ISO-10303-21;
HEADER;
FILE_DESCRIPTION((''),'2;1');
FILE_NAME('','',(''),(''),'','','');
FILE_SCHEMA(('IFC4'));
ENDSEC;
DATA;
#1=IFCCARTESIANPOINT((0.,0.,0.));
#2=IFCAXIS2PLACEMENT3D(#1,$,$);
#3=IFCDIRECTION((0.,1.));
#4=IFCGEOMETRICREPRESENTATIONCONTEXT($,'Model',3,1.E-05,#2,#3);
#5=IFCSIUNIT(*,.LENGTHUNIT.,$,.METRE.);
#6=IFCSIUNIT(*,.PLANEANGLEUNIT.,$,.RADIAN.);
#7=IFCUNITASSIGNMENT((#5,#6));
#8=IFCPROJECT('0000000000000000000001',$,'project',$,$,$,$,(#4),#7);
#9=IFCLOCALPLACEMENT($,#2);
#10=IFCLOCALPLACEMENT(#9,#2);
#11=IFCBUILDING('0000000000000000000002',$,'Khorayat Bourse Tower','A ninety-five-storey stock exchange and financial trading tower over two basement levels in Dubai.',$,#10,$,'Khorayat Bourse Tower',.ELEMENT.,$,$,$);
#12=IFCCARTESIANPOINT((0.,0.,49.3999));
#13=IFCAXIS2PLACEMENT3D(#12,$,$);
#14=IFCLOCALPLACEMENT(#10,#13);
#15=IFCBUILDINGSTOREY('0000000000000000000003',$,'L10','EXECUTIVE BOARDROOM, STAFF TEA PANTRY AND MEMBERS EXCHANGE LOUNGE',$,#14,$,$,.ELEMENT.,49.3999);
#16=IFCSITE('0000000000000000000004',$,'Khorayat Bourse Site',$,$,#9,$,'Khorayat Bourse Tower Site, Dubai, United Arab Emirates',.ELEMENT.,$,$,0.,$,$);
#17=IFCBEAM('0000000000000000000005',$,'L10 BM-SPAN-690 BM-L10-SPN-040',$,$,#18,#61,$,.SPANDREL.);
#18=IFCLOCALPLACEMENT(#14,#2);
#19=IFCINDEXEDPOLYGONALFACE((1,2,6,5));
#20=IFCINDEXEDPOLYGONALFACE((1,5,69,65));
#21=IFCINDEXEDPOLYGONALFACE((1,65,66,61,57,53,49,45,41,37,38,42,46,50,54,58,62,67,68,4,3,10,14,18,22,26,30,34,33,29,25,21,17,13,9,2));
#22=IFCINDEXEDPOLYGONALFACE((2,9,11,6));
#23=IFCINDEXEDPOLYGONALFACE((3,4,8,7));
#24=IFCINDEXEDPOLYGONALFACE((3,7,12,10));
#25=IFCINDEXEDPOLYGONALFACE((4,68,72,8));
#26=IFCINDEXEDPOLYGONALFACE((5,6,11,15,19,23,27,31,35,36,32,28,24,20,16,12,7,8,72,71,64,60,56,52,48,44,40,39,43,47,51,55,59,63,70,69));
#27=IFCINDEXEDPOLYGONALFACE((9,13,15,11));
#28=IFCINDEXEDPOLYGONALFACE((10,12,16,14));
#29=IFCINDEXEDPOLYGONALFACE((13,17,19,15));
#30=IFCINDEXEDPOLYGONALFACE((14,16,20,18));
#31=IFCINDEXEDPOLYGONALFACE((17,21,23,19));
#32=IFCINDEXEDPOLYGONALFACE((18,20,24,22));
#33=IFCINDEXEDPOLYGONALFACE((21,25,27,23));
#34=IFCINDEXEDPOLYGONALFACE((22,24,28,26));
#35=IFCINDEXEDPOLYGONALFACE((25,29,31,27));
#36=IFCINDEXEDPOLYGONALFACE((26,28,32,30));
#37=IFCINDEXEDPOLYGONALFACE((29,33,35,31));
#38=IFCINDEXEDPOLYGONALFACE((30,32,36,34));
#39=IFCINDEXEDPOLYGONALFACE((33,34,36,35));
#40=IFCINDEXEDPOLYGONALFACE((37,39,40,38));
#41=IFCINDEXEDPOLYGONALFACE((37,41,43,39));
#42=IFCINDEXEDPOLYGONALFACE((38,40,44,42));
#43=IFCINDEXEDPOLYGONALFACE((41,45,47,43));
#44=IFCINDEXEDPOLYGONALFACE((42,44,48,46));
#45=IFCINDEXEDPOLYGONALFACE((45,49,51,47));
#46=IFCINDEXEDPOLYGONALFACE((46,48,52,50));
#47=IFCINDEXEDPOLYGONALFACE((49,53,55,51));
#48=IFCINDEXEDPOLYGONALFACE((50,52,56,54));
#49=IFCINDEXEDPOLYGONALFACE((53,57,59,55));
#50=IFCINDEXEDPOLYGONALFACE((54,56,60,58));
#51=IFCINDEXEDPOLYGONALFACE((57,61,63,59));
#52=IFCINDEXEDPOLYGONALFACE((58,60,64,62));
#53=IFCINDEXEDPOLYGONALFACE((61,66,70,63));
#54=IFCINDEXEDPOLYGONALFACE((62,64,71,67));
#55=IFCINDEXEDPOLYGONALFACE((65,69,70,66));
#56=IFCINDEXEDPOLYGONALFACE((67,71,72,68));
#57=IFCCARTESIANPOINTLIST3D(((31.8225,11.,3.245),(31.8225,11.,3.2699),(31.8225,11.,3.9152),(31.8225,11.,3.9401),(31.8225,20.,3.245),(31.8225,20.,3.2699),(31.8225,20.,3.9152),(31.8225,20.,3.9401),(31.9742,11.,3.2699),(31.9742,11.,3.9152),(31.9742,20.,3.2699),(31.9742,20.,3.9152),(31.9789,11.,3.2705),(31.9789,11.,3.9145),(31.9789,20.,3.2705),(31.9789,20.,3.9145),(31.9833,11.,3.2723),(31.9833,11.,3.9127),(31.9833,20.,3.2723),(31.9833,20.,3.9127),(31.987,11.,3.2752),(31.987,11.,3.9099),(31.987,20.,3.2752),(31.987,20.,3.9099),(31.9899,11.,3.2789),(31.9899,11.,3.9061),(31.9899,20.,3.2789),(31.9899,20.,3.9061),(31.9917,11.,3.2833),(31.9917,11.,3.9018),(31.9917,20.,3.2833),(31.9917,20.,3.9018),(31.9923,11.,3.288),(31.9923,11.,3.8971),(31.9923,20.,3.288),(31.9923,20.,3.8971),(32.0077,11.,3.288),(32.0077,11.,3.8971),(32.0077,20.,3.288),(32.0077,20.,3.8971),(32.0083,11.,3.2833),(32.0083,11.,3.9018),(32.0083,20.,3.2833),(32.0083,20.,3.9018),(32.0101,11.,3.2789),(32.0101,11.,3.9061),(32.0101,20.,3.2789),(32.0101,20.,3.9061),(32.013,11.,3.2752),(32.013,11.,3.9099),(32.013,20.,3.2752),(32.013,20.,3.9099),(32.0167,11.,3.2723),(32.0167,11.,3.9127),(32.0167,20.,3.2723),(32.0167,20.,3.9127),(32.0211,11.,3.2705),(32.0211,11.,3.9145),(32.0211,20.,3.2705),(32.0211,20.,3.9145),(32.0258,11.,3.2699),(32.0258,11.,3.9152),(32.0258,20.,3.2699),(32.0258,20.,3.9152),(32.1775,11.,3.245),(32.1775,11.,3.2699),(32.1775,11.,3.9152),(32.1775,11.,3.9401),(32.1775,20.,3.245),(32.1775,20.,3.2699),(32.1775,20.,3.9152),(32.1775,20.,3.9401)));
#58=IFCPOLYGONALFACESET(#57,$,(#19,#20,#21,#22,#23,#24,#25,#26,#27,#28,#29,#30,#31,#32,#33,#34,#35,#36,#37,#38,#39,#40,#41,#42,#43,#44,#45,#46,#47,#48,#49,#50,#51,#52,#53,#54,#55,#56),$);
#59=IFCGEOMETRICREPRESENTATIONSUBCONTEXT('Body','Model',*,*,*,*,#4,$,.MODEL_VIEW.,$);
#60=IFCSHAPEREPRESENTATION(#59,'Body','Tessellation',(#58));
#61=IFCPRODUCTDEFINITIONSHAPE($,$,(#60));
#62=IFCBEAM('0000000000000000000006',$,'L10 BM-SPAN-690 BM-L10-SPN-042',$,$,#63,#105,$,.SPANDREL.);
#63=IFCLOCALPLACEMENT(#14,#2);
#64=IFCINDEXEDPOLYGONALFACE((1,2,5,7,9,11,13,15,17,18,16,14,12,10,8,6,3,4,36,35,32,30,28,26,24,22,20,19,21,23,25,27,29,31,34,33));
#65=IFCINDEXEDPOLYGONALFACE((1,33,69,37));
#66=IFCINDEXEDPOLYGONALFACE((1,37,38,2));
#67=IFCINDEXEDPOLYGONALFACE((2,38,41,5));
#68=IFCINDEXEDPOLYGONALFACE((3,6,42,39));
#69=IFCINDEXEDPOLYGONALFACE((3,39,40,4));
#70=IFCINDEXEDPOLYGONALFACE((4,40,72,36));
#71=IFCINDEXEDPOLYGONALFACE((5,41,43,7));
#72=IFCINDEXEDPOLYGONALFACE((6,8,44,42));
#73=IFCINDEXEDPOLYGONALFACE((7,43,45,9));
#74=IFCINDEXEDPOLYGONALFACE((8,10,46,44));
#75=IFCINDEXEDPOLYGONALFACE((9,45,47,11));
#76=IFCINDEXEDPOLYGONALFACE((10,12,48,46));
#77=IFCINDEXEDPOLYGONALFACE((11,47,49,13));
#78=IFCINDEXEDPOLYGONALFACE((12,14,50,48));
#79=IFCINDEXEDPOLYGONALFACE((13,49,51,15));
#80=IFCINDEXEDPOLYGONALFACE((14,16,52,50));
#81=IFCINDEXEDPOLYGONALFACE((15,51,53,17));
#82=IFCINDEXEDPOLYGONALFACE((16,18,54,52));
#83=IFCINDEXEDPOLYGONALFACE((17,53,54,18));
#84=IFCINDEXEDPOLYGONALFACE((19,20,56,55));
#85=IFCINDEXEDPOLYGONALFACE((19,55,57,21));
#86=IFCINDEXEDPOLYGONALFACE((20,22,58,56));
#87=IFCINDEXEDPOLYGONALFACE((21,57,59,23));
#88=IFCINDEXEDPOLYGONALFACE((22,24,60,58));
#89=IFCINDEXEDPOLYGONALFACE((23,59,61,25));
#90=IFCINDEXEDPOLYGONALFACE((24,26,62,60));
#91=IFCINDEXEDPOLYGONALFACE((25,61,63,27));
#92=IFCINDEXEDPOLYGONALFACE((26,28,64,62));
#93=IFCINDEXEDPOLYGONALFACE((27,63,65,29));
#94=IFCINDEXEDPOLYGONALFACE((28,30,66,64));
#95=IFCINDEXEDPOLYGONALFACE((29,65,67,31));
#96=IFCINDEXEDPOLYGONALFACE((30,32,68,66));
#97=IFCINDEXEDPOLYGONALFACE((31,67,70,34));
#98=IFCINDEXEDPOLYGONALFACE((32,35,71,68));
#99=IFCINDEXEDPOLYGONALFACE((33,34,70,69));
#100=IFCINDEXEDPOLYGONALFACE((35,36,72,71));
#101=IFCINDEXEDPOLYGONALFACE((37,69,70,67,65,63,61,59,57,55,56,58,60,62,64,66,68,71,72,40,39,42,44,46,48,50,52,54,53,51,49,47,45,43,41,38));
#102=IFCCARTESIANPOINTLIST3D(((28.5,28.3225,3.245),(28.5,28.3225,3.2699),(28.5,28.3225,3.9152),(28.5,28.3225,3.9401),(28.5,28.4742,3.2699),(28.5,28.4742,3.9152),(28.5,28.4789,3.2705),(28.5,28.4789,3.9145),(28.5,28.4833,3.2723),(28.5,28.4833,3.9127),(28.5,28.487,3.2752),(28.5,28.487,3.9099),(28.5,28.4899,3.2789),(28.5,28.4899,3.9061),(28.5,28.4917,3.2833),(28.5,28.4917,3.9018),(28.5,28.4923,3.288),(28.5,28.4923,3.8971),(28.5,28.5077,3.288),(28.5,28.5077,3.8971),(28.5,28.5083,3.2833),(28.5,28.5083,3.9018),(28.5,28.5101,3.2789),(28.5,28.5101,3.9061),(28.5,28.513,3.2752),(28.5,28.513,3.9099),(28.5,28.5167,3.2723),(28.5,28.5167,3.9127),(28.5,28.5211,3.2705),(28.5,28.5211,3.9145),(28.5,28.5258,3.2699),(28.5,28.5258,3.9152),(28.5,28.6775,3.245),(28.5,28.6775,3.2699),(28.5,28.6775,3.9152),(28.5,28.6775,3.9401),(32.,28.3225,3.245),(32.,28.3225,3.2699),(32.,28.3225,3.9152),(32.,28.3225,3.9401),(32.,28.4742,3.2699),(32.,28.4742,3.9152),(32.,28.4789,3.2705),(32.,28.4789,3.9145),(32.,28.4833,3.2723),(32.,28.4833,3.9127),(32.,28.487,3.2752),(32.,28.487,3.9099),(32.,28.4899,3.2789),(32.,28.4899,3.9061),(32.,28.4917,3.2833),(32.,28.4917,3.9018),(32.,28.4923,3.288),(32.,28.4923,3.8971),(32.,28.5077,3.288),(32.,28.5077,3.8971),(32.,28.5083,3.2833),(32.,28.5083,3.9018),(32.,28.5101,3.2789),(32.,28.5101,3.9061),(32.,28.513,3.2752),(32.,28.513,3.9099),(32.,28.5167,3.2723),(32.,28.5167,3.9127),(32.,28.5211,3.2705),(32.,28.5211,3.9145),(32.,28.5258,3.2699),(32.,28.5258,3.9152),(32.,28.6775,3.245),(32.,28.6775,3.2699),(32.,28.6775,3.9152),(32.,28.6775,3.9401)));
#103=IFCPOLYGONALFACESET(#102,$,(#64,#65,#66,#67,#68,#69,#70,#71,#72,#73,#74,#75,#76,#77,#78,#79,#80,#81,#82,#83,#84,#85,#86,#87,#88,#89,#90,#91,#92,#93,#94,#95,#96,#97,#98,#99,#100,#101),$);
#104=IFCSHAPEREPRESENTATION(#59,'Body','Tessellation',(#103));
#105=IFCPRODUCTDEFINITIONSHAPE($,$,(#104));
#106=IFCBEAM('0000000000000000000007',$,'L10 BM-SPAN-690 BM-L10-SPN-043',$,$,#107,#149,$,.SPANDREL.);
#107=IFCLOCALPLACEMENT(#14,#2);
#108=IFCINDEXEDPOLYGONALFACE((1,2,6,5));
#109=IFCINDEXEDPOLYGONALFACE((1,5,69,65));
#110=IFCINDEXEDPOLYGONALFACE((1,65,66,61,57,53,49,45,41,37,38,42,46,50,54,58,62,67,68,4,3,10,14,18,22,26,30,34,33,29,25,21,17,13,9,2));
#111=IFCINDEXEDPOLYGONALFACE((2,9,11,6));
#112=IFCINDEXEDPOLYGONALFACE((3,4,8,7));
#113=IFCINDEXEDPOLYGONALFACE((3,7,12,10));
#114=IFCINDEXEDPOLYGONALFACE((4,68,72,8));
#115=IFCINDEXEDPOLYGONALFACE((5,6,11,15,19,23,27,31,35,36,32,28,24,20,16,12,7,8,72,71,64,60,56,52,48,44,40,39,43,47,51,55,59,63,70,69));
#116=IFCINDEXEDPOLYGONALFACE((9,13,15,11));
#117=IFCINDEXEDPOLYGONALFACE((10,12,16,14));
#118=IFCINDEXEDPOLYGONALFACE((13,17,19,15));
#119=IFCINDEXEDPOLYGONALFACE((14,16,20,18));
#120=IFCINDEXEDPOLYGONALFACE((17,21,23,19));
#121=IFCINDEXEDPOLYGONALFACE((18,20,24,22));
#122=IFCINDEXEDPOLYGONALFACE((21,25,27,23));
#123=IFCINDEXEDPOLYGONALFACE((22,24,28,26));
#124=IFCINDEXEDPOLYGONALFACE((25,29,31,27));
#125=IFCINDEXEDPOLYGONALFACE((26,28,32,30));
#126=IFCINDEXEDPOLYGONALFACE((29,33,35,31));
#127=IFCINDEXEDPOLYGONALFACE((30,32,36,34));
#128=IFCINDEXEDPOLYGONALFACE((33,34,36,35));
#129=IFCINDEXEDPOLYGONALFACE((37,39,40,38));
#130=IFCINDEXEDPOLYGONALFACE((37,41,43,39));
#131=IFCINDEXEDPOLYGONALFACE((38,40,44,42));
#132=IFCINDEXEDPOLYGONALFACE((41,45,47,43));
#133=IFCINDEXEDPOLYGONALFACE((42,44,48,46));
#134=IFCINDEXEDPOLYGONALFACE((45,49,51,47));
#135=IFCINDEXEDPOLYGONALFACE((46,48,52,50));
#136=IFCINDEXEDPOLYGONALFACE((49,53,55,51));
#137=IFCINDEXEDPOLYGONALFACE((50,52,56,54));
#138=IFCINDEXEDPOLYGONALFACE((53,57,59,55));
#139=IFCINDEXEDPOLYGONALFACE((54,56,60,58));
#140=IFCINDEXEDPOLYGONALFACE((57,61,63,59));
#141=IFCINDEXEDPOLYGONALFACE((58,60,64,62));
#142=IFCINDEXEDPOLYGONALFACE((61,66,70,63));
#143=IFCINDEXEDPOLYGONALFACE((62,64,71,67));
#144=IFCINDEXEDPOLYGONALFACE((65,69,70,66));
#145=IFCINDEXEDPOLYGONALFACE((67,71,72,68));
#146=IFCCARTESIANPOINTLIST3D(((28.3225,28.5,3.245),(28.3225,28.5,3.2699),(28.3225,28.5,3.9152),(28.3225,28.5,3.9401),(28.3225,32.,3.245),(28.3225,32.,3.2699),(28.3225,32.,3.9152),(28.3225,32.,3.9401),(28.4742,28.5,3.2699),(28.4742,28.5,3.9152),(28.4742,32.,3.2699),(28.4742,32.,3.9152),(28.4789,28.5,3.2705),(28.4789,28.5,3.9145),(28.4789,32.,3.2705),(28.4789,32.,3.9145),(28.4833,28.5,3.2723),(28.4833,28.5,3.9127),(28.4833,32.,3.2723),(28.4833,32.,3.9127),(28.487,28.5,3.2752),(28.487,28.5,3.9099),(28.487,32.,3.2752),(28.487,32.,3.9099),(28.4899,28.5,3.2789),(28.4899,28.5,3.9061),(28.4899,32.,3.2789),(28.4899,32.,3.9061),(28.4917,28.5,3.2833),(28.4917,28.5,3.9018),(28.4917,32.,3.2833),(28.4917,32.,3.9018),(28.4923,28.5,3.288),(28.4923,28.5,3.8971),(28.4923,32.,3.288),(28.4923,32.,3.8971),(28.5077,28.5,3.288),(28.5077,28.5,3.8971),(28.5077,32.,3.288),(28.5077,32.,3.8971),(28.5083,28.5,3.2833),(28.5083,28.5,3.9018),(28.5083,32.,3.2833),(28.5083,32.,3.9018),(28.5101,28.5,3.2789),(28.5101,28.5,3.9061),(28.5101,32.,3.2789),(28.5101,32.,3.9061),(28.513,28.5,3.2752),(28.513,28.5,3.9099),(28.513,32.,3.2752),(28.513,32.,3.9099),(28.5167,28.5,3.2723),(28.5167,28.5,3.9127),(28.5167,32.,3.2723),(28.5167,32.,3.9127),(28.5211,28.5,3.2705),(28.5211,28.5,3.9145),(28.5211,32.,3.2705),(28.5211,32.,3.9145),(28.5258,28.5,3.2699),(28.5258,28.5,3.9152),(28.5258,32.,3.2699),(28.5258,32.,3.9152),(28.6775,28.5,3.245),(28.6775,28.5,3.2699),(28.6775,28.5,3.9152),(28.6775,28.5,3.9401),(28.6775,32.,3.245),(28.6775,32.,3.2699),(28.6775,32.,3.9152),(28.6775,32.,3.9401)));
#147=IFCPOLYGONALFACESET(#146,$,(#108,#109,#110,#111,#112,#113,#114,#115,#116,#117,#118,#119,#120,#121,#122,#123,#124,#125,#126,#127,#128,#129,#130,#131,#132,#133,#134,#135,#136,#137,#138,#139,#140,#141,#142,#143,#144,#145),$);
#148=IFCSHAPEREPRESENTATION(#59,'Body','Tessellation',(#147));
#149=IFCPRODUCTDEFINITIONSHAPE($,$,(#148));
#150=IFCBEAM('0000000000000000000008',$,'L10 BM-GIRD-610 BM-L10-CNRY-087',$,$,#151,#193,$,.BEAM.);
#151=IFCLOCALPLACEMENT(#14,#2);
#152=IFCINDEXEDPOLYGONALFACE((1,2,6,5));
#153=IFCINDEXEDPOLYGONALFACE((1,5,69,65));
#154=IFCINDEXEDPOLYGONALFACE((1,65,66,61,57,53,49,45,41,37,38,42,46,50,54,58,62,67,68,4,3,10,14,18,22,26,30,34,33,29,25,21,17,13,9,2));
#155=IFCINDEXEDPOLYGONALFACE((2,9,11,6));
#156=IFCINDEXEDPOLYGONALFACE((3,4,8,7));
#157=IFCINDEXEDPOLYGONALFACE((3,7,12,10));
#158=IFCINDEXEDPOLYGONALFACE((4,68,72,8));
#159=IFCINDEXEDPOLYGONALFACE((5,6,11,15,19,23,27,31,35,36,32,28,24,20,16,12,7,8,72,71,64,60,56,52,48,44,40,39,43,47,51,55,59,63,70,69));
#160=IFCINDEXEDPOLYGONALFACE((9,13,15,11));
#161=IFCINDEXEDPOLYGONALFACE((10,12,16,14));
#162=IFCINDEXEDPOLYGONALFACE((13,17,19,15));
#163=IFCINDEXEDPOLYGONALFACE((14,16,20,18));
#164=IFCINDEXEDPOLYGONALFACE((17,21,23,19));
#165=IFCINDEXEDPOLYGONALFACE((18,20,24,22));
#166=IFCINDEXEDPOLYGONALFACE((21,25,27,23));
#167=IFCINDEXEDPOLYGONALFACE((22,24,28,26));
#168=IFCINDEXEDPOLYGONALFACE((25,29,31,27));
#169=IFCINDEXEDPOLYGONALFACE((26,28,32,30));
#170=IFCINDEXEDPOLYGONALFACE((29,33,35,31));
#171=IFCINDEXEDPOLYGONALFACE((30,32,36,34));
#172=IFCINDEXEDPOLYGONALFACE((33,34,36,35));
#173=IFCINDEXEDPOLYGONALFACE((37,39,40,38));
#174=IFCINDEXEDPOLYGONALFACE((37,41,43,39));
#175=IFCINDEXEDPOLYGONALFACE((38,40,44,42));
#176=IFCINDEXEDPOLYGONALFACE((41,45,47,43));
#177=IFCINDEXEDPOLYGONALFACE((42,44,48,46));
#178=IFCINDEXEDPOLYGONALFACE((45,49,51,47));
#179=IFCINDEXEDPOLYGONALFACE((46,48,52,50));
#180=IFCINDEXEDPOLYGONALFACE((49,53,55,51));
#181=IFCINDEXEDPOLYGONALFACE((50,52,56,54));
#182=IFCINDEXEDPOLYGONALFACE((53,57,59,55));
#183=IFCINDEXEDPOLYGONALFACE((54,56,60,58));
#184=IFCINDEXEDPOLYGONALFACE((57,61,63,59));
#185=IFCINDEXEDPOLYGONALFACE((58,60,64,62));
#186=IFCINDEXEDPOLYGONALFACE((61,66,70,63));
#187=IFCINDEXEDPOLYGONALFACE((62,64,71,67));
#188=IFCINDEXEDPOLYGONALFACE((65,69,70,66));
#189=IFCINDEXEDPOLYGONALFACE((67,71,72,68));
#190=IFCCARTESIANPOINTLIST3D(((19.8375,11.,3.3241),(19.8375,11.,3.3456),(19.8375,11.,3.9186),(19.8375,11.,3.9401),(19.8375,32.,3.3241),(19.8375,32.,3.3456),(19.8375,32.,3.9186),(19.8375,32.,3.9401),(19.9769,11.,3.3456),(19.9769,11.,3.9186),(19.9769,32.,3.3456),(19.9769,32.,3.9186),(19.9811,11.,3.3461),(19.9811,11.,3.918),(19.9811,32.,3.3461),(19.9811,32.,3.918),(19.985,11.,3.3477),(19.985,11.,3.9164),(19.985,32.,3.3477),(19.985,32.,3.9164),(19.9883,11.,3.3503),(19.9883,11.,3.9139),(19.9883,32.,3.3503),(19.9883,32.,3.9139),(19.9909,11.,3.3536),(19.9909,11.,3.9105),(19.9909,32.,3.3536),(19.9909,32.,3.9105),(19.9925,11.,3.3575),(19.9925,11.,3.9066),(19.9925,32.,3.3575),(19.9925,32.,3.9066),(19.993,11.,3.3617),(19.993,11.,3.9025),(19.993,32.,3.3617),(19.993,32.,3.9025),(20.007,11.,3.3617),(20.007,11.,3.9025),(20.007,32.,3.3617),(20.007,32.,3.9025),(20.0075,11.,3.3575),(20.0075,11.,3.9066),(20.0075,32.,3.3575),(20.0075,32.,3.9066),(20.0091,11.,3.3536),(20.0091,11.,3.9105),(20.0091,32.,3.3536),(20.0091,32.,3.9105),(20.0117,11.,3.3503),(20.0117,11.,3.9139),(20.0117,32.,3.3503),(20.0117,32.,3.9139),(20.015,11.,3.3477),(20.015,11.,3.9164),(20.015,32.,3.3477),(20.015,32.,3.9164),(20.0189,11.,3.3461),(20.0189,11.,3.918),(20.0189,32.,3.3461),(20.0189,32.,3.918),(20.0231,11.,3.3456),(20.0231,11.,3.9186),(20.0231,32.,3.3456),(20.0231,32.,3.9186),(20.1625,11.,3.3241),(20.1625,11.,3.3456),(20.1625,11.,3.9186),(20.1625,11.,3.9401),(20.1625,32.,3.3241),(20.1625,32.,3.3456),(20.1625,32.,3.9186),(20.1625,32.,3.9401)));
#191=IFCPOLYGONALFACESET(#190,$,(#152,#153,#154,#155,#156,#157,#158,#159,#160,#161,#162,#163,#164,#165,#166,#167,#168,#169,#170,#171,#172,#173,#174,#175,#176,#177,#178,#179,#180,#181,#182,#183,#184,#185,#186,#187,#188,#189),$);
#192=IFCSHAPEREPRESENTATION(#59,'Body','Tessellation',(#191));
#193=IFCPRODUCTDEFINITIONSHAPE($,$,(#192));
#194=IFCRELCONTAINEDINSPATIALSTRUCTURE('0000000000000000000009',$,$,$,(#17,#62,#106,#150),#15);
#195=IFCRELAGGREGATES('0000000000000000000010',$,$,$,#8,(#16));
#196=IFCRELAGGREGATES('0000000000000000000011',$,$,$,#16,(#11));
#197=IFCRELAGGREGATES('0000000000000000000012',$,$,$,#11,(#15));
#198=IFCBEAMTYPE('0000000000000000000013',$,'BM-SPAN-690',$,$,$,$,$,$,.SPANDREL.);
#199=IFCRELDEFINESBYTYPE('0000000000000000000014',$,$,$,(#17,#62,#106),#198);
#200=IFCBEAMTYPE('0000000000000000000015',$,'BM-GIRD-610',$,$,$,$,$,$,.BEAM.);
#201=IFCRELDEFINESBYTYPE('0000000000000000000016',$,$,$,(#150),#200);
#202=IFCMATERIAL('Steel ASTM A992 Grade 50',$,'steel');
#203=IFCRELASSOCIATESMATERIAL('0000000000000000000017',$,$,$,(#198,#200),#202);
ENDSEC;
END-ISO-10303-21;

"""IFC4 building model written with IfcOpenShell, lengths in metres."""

from ifc_helpers import new_model, si_unit, direction, frame, origin, origin_2d, place, context, subcontext, project, spatial, i_section, extrude, source, transform, mapped, material, material_profile, profile_set, type_object, element, save


model = new_model("IFC4")

# Units and contexts
model_context = context("Model", 3, precision=1e-05, world=origin(), true_north=direction((0.0, 1.0)))
body_context = subcontext(model_context, "Body", "Model", "MODEL_VIEW")
ifc_project = project(units=[si_unit("LENGTHUNIT", "METRE"), si_unit("PLANEANGLEUNIT", "RADIAN")], contexts=[model_context])

# Site, building, storey
site_placement = place(None, origin())
site = spatial("IfcSite", under=ifc_project, at=site_placement, Name="Khorayat Bourse Site", LongName="Khorayat Bourse Tower Site, Dubai, United Arab Emirates", CompositionType="ELEMENT", RefElevation=0.0)
building_placement = place(site_placement, origin())
building = spatial("IfcBuilding", under=site, at=building_placement, Name="Khorayat Bourse Tower", Description="A ninety-five-storey stock exchange and financial trading tower over two basement levels in Dubai.", LongName="Khorayat Bourse Tower", CompositionType="ELEMENT")
storey_placement = place(building_placement, frame((0.0, 0.0, 49.3999)))
storey = spatial("IfcBuildingStorey", under=building, at=storey_placement, Name="L10", Description="EXECUTIVE BOARDROOM, STAFF TEA PANTRY AND MEMBERS EXCHANGE LOUNGE", CompositionType="ELEMENT", Elevation=49.3999)

# Beams
ifc_material_1 = material(Name="Steel ASTM A992 Grade 50", Category="steel")
ifc_material_profile_1 = material_profile(ifc_material_1, i_section(OverallWidth=0.355, OverallDepth=0.6951, WebThickness=0.0154, FlangeThickness=0.0249, FilletRadius=0.0181, at=origin_2d()), Name="W690X217")
ifc_profile_set_1 = profile_set([ifc_material_profile_1], Name="Steel ASTM A992 Grade 50")
beam_type_1 = type_object("IfcBeamType", Name="BM-SPAN-690", PredefinedType="SPANDREL", material=ifc_profile_set_1)
shared_shape_1 = source(origin(), body_context, "Body", "SweptSolid", [
    extrude(i_section(OverallWidth=0.355, OverallDepth=0.6951, WebThickness=0.0154, FlangeThickness=0.0249, FilletRadius=0.0181, at=origin_2d()), origin(), (0.0, 0.0, 1.0), 9.0),
])
beam_1_placement = place(storey_placement, frame((32.0, 11.0, 3.5925), z_axis=(0.0, 1.0, 0.0), x_axis=(-1.0, 0.0, 0.0)))
element("IfcBeam", 1, at=beam_1_placement, inside=storey, type_object=beam_type_1, Name="L10 BM-SPAN-690 BM-L10-SPN-040", PredefinedType="SPANDREL", context=body_context, shape_type="MappedRepresentation", body=[
    mapped(shared_shape_1, transform((0.0, 0.0, 0.0), scale=1.0)),
])
shared_shape_2 = source(origin(), body_context, "Body", "SweptSolid", [
    extrude(i_section(OverallWidth=0.355, OverallDepth=0.6951, WebThickness=0.0154, FlangeThickness=0.0249, FilletRadius=0.0181, at=origin_2d()), origin(), (0.0, 0.0, 1.0), 3.5),
])
for number, where, z_axis, x_axis, name in (
    (2, (28.5, 28.5, 3.5925), (1.0, 0.0, 0.0), (0.0, 1.0, 0.0), "L10 BM-SPAN-690 BM-L10-SPN-042"),
    (3, (28.5, 28.5, 3.5925), (0.0, 1.0, 0.0), (-1.0, 0.0, 0.0), "L10 BM-SPAN-690 BM-L10-SPN-043"),
):
    element("IfcBeam", number, at=place(storey_placement, frame(where, z_axis=z_axis, x_axis=x_axis)), inside=storey, type_object=beam_type_1, Name=name, PredefinedType="SPANDREL", context=body_context, shape_type="MappedRepresentation", body=[
        mapped(shared_shape_2, transform((0.0, 0.0, 0.0), scale=1.0)),
    ])
ifc_material_profile_2 = material_profile(ifc_material_1, i_section(OverallWidth=0.325, OverallDepth=0.616, WebThickness=0.0139, FlangeThickness=0.0215, FilletRadius=0.0161, at=origin_2d()), Name="W610X174")
ifc_profile_set_2 = profile_set([ifc_material_profile_2], Name="Steel ASTM A992 Grade 50")
beam_type_2 = type_object("IfcBeamType", Name="BM-GIRD-610", PredefinedType="BEAM", material=ifc_profile_set_2)
shared_shape_3 = source(origin(), body_context, "Body", "SweptSolid", [
    extrude(i_section(OverallWidth=0.325, OverallDepth=0.616, WebThickness=0.0139, FlangeThickness=0.0215, FilletRadius=0.0161, at=origin_2d()), origin(), (0.0, 0.0, 1.0), 21.0),
])
beam_2_placement = place(storey_placement, frame((20.0, 11.0, 3.6321), z_axis=(0.0, 1.0, 0.0), x_axis=(-1.0, 0.0, 0.0)))
element("IfcBeam", 4, at=beam_2_placement, inside=storey, type_object=beam_type_2, Name="L10 BM-GIRD-610 BM-L10-CNRY-087", PredefinedType="BEAM", context=body_context, shape_type="MappedRepresentation", body=[
    mapped(shared_shape_3, transform((0.0, 0.0, 0.0), scale=1.0)),
])

save(model, "model.ifc")
